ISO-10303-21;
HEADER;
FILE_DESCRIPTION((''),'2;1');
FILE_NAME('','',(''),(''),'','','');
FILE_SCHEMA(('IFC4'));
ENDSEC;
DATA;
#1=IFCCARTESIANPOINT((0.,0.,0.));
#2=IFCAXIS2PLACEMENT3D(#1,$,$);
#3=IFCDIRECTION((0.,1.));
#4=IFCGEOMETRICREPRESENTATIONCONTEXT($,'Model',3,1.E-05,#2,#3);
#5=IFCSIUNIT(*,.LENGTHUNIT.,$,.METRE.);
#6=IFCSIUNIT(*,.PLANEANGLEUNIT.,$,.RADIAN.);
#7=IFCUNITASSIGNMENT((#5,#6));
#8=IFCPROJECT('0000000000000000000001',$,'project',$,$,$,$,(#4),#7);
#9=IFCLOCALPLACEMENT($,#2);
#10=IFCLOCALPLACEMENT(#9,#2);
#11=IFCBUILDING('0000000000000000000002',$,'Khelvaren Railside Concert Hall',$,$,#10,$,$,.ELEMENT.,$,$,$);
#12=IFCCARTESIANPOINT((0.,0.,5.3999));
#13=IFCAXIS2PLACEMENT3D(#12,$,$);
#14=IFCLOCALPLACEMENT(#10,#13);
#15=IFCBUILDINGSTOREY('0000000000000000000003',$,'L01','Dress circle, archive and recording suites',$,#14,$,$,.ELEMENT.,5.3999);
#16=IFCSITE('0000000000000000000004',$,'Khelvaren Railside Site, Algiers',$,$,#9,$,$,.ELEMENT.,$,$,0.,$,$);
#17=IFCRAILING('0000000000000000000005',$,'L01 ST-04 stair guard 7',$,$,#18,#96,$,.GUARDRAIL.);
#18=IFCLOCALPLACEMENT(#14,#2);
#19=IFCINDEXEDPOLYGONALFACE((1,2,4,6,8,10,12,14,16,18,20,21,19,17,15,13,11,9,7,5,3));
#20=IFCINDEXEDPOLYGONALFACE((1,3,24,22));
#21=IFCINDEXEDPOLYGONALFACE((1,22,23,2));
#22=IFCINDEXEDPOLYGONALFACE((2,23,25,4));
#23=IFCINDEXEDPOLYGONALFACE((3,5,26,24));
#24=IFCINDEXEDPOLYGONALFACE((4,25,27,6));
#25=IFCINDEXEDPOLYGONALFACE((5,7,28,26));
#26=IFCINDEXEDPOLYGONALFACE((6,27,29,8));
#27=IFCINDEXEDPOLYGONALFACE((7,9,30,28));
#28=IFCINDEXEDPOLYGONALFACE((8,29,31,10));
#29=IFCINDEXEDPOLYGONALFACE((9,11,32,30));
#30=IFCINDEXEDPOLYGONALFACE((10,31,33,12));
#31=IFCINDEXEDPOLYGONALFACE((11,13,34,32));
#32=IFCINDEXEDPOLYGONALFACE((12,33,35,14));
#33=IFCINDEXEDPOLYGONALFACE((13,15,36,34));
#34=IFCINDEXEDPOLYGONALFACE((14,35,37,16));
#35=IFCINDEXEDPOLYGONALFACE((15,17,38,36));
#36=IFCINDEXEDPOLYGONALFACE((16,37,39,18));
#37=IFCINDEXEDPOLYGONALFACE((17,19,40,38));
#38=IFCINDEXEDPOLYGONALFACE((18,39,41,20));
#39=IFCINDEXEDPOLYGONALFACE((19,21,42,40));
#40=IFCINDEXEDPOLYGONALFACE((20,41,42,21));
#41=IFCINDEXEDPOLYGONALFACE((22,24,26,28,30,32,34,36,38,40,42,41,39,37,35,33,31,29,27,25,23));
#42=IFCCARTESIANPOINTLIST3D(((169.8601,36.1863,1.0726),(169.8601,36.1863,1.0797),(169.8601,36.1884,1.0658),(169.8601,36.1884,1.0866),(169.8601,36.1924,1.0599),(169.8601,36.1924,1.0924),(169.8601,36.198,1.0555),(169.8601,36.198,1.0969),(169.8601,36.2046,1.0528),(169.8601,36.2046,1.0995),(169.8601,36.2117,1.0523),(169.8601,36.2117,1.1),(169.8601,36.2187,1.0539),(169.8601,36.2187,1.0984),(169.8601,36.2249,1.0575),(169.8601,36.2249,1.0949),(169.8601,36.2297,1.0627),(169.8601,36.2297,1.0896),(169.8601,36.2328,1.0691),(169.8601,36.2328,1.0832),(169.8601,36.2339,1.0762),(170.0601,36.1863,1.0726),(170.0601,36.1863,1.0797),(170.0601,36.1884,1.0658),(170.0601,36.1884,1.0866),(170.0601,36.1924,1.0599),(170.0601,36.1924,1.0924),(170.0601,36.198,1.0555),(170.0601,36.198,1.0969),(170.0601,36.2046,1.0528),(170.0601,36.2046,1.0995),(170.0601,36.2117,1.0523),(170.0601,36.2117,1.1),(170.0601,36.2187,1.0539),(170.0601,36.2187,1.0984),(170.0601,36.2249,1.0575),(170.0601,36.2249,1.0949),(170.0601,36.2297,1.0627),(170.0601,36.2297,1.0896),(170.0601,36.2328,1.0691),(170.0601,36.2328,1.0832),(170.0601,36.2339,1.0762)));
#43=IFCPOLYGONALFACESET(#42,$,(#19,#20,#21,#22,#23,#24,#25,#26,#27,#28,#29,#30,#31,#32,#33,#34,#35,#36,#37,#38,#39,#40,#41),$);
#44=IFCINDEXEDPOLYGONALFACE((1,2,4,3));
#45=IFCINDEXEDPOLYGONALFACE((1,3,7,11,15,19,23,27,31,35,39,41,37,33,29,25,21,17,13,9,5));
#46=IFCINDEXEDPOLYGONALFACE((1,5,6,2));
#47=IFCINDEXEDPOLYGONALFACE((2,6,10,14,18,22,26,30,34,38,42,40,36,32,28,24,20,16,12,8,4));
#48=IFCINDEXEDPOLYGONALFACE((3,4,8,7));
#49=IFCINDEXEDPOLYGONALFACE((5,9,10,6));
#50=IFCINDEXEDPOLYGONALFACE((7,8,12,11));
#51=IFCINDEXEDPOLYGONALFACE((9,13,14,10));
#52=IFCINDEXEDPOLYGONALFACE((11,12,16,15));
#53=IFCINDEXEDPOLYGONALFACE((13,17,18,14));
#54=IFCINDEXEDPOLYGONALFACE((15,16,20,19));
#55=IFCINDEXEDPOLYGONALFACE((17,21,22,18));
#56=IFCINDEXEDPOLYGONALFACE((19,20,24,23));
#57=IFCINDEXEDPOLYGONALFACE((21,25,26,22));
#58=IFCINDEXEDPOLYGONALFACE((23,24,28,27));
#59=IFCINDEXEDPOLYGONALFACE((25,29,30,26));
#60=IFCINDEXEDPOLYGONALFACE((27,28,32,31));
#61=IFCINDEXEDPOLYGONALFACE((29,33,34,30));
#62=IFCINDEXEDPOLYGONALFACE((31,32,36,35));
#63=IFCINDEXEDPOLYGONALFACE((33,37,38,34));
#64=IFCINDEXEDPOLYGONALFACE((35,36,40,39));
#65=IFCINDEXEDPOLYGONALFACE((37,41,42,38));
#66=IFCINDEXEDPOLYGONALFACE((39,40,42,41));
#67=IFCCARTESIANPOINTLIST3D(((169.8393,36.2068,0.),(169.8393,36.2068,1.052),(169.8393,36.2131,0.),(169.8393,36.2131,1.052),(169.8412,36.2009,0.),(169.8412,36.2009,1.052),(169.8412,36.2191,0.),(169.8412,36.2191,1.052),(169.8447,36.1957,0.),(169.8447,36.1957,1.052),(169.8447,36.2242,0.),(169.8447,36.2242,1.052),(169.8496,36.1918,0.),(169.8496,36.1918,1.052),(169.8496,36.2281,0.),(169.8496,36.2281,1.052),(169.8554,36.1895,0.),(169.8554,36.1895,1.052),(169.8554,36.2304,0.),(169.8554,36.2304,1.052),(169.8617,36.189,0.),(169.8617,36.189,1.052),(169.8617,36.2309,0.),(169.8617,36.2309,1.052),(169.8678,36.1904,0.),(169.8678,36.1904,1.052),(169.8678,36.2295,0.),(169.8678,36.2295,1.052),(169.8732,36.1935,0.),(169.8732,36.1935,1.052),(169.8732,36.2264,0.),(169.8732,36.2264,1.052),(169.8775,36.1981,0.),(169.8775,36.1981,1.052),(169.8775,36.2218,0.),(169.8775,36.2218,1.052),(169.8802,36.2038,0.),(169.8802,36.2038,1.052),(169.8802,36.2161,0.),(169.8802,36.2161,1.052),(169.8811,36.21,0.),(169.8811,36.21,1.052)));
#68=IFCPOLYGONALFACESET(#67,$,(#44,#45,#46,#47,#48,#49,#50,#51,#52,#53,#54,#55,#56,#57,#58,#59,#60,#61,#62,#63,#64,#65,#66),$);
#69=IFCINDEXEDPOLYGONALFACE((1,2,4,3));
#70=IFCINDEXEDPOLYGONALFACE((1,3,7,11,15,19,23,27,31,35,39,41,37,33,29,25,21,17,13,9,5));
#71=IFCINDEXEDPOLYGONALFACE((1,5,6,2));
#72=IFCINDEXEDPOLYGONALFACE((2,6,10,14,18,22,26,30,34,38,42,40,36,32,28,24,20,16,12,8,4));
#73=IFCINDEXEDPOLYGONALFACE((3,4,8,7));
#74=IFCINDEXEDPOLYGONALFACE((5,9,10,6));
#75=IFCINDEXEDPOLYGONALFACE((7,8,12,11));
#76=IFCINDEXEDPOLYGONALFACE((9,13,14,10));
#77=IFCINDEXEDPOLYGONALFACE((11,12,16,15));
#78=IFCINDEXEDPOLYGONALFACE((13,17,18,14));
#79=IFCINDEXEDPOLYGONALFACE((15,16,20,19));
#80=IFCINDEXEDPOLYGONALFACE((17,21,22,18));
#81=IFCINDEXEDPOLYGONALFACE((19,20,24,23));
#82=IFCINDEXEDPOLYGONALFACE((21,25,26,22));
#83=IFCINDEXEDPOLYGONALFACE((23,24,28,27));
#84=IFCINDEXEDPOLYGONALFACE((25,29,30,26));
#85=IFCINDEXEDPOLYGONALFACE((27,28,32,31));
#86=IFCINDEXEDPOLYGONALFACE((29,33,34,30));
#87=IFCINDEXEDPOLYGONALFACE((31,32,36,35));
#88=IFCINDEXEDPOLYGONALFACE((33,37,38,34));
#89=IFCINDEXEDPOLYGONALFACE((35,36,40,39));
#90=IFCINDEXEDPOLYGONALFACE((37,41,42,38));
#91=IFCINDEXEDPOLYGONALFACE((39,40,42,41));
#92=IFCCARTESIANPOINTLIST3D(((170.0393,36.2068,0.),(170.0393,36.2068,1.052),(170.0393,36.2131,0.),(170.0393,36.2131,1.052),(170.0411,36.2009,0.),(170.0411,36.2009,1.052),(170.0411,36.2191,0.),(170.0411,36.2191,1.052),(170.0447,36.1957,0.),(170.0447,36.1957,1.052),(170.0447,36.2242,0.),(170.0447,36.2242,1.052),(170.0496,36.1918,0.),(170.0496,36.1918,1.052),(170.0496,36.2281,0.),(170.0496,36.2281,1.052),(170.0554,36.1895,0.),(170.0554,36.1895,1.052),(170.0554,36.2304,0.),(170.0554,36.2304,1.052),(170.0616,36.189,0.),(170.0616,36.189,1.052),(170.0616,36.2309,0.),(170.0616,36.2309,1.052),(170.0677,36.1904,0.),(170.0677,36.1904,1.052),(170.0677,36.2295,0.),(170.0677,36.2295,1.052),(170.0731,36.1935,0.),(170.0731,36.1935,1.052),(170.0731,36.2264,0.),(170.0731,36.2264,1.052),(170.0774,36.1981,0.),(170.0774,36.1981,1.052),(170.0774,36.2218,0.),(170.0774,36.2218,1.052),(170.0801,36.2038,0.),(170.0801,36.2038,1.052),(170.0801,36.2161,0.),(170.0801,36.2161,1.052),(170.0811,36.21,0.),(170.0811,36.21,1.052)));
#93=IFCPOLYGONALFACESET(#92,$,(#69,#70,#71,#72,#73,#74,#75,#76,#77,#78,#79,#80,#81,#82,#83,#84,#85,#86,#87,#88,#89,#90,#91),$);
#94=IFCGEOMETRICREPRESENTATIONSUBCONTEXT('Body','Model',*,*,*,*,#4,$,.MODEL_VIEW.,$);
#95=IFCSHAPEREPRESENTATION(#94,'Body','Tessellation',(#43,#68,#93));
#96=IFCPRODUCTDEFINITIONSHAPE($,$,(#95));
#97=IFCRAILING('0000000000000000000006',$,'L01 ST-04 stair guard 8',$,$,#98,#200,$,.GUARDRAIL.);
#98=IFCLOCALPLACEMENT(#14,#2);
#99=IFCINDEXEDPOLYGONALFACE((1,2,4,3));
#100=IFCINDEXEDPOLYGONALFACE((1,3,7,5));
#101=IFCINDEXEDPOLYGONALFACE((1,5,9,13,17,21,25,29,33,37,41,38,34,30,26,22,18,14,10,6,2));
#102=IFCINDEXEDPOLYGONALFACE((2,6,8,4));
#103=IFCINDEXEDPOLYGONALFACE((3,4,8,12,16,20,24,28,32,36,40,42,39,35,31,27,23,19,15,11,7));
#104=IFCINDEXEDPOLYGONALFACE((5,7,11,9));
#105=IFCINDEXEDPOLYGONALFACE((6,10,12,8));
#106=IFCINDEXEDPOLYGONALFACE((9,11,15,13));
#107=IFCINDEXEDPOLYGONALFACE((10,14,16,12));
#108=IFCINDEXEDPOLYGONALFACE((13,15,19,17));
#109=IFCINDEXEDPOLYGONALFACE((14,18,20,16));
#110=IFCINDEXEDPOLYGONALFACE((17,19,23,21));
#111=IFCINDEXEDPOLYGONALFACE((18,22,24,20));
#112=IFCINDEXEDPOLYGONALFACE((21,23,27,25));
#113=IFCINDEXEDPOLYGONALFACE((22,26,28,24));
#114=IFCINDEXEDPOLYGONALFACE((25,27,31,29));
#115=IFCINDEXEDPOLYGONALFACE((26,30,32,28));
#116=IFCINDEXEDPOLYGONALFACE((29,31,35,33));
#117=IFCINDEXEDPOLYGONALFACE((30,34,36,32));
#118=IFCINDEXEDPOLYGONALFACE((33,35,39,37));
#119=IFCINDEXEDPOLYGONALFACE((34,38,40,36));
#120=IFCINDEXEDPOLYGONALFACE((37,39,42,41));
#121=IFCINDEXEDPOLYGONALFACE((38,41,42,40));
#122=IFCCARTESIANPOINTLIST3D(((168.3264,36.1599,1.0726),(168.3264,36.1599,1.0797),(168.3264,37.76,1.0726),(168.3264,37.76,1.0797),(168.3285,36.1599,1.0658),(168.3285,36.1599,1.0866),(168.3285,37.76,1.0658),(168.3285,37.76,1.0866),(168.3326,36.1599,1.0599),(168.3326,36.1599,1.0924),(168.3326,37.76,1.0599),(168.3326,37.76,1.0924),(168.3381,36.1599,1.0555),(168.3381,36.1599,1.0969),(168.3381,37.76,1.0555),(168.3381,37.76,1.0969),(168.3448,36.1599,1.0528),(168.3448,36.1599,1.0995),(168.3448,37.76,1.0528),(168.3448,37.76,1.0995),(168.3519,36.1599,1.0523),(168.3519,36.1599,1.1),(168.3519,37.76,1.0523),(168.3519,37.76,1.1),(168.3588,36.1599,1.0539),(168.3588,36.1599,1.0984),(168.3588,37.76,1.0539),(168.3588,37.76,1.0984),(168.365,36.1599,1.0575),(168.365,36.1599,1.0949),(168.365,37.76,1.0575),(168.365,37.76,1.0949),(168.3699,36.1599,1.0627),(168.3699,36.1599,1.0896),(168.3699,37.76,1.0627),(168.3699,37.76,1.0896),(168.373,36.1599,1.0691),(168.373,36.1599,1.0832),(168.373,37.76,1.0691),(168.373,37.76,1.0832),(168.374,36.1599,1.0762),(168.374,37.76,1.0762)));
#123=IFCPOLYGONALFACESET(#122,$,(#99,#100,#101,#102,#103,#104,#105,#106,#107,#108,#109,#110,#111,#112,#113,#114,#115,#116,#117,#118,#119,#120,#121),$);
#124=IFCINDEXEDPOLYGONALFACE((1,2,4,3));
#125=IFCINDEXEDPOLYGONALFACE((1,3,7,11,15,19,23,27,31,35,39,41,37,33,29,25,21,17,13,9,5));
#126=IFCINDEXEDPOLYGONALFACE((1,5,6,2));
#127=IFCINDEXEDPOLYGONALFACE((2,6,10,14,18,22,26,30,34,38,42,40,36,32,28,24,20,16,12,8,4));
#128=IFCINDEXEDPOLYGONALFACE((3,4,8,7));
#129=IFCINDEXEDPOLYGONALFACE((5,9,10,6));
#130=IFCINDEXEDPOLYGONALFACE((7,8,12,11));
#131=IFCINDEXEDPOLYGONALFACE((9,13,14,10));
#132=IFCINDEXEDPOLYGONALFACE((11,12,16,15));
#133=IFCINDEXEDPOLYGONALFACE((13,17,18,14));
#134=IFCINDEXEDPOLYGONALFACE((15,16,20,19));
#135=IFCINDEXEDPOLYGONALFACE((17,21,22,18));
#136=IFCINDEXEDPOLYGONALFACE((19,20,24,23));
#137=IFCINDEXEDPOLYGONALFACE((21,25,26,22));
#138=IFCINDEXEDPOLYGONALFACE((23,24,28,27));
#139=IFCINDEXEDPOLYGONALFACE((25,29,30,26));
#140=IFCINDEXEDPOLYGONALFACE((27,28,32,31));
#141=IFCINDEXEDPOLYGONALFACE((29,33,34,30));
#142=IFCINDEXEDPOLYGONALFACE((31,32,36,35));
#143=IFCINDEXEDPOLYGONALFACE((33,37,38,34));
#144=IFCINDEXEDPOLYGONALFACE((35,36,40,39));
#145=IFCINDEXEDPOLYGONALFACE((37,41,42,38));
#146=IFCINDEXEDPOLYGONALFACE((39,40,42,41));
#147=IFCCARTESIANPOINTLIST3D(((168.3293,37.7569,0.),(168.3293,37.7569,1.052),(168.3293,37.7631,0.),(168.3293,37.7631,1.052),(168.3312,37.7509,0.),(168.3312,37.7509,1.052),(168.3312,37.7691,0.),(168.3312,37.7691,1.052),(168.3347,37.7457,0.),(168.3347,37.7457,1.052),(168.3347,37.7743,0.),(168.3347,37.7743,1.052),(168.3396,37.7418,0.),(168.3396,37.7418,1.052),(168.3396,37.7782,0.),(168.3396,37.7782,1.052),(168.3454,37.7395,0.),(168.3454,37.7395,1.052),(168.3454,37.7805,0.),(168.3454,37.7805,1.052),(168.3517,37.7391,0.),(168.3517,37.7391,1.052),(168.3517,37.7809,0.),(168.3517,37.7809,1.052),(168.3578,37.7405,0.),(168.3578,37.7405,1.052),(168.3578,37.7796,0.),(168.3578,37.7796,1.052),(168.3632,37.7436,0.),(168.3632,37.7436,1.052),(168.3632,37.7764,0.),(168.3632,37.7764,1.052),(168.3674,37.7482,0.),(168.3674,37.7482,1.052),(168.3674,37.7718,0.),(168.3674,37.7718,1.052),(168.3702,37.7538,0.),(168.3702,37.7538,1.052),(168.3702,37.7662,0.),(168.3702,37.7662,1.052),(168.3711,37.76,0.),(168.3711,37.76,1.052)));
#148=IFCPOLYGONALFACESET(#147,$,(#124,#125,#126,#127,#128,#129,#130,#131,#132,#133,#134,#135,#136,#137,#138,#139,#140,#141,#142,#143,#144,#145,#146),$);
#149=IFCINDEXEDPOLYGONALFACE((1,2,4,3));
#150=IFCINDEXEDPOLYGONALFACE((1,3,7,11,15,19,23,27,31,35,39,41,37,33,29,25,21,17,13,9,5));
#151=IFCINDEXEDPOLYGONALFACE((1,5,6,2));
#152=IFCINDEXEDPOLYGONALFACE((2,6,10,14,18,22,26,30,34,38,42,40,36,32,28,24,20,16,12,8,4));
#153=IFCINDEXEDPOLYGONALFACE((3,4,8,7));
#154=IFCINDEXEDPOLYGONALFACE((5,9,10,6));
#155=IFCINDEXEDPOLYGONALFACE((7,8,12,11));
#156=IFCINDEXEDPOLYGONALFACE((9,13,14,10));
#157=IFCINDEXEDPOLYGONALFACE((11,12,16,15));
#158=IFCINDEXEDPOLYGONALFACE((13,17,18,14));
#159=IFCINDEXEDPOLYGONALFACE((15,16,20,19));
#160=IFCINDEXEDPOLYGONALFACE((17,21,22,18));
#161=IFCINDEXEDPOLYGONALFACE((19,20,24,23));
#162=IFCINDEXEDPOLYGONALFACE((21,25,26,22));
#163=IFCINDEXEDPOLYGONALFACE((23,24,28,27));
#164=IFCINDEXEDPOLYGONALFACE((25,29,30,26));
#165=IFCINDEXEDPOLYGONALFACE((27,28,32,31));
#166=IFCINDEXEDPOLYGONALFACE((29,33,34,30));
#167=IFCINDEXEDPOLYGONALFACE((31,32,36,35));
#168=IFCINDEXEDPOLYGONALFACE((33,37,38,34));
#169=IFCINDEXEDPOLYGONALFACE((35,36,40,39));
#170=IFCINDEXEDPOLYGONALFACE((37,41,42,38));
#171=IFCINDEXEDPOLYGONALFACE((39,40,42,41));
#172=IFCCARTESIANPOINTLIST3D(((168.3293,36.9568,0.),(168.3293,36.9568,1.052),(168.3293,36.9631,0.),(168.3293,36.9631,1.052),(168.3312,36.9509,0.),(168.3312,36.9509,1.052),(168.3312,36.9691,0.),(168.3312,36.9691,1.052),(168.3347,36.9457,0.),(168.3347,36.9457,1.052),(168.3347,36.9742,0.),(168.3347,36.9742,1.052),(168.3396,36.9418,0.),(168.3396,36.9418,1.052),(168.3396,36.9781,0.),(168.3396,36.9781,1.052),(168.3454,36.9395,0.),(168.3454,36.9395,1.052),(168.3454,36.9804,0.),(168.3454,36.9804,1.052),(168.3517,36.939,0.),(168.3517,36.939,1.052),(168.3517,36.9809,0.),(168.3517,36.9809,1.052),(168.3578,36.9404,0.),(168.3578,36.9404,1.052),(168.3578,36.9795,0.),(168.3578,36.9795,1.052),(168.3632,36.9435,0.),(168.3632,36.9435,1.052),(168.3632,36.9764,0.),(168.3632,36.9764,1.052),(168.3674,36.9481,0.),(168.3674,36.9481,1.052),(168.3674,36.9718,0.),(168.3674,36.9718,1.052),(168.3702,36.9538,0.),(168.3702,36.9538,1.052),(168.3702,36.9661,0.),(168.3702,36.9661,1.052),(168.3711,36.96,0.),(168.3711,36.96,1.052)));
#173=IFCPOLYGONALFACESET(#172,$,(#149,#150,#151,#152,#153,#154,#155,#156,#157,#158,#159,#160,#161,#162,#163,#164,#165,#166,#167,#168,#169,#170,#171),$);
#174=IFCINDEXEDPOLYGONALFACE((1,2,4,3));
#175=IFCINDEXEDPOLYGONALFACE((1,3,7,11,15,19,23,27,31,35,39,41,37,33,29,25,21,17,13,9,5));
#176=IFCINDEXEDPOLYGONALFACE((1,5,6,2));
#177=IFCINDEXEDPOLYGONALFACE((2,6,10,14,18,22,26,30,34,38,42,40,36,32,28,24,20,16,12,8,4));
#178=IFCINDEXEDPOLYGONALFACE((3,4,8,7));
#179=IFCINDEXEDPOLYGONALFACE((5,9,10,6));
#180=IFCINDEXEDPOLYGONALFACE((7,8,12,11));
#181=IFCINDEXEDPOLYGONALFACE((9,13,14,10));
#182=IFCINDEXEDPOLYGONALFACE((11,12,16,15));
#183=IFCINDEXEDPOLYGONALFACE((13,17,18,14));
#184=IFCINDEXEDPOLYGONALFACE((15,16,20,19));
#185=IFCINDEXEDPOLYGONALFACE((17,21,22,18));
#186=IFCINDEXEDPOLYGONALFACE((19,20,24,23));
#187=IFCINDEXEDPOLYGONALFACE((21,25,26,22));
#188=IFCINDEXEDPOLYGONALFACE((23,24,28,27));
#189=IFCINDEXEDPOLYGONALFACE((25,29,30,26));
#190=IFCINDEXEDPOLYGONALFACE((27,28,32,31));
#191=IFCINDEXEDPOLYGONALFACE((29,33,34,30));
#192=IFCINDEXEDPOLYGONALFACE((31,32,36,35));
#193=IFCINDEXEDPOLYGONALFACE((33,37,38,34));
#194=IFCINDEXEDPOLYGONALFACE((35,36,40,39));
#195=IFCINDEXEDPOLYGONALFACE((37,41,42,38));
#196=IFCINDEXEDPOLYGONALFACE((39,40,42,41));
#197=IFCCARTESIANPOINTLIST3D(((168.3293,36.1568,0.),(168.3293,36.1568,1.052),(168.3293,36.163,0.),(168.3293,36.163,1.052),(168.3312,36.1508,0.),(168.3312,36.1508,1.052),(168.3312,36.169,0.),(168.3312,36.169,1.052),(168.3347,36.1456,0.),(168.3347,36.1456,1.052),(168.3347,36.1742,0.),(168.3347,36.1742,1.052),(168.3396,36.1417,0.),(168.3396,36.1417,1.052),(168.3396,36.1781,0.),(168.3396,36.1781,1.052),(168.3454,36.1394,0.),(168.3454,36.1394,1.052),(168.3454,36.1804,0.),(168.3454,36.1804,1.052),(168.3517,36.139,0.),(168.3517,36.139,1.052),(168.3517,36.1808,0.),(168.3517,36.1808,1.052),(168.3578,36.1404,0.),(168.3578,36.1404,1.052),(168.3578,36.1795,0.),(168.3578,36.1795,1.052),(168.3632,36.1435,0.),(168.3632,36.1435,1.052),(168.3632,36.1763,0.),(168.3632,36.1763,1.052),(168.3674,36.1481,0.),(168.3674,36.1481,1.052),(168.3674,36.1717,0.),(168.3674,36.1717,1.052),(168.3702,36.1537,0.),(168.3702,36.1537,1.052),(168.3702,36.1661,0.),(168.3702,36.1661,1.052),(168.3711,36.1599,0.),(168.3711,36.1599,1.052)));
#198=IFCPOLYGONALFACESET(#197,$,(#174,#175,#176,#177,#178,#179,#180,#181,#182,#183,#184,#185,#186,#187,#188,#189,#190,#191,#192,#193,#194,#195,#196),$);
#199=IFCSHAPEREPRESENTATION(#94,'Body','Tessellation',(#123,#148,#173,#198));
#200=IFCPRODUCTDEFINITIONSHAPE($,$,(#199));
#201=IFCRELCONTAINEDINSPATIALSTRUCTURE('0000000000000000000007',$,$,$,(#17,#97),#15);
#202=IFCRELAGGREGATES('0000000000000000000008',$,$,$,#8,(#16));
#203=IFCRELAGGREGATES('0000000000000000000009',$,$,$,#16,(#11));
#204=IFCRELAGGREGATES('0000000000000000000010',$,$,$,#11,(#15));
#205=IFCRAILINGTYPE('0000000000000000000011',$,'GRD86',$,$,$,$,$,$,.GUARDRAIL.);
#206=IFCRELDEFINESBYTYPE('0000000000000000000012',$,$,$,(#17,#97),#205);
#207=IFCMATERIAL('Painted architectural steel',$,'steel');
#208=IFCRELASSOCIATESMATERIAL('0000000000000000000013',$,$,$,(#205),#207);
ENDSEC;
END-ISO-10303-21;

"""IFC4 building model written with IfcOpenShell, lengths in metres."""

from ifc_helpers import new_model, si_unit, direction, frame, origin, origin_2d, place, context, subcontext, project, spatial, circle, extrude, material, type_object, element, save


model = new_model("IFC4")

# Units and contexts
model_context = context("Model", 3, precision=1e-05, world=origin(), true_north=direction((0.0, 1.0)))
body_context = subcontext(model_context, "Body", "Model", "MODEL_VIEW")
ifc_project = project(units=[si_unit("LENGTHUNIT", "METRE"), si_unit("PLANEANGLEUNIT", "RADIAN")], contexts=[model_context])

# Site, building, storey
site_placement = place(None, origin())
site = spatial("IfcSite", under=ifc_project, at=site_placement, Name="Khelvaren Railside Site, Algiers", CompositionType="ELEMENT", RefElevation=0.0)
building_placement = place(site_placement, origin())
building = spatial("IfcBuilding", under=site, at=building_placement, Name="Khelvaren Railside Concert Hall", CompositionType="ELEMENT")
storey_placement = place(building_placement, frame((0.0, 0.0, 5.3999)))
storey = spatial("IfcBuildingStorey", under=building, at=storey_placement, Name="L01", Description="Dress circle, archive and recording suites", CompositionType="ELEMENT", Elevation=5.3999)

# Railings
ifc_material_1 = material(Name="Painted architectural steel", Category="steel")
railing_type_1 = type_object("IfcRailingType", Name="GRD86", PredefinedType="GUARDRAIL", material=ifc_material_1)
railing_1_placement = place(storey_placement, frame((169.8601, 36.21, 0.0)))
element("IfcRailing", 1, at=railing_1_placement, inside=storey, type_object=railing_type_1, Name="L01 ST-04 stair guard 7", PredefinedType="GUARDRAIL", context=body_context, shape_type="SweptSolid", body=[
    extrude(circle(Radius=0.0239, at=origin_2d()), frame((0.0, 0.0, 1.0762), z_axis=(1.0, 0.0, 0.0), x_axis=(0.0, 1.0, 0.0)), (0.0, 0.0, 1.0), 0.2),
    extrude(circle(Radius=0.021, at=origin_2d()), origin(), (0.0, 0.0, 1.0), 1.052),
    extrude(circle(Radius=0.021, at=origin_2d()), frame((0.2, 0.0, 0.0)), (0.0, 0.0, 1.0), 1.052),
])
railing_2_placement = place(storey_placement, frame((168.3501, 37.76, 0.0)))
element("IfcRailing", 2, at=railing_2_placement, inside=storey, type_object=railing_type_1, Name="L01 ST-04 stair guard 8", PredefinedType="GUARDRAIL", context=body_context, shape_type="SweptSolid", body=[
    extrude(circle(Radius=0.0239, at=origin_2d()), frame((0.0, 0.0, 1.0762), z_axis=(0.0, -1.0, 0.0), x_axis=(1.0, 0.0, 0.0)), (0.0, 0.0, 1.0), 1.6001),
    extrude(circle(Radius=0.021, at=origin_2d()), origin(), (0.0, 0.0, 1.0), 1.052),
    extrude(circle(Radius=0.021, at=origin_2d()), frame((0.0, -0.8, 0.0)), (0.0, 0.0, 1.0), 1.052),
    extrude(circle(Radius=0.021, at=origin_2d()), frame((0.0, -1.6001, 0.0)), (0.0, 0.0, 1.0), 1.052),
])

save(model, "model.ifc")
